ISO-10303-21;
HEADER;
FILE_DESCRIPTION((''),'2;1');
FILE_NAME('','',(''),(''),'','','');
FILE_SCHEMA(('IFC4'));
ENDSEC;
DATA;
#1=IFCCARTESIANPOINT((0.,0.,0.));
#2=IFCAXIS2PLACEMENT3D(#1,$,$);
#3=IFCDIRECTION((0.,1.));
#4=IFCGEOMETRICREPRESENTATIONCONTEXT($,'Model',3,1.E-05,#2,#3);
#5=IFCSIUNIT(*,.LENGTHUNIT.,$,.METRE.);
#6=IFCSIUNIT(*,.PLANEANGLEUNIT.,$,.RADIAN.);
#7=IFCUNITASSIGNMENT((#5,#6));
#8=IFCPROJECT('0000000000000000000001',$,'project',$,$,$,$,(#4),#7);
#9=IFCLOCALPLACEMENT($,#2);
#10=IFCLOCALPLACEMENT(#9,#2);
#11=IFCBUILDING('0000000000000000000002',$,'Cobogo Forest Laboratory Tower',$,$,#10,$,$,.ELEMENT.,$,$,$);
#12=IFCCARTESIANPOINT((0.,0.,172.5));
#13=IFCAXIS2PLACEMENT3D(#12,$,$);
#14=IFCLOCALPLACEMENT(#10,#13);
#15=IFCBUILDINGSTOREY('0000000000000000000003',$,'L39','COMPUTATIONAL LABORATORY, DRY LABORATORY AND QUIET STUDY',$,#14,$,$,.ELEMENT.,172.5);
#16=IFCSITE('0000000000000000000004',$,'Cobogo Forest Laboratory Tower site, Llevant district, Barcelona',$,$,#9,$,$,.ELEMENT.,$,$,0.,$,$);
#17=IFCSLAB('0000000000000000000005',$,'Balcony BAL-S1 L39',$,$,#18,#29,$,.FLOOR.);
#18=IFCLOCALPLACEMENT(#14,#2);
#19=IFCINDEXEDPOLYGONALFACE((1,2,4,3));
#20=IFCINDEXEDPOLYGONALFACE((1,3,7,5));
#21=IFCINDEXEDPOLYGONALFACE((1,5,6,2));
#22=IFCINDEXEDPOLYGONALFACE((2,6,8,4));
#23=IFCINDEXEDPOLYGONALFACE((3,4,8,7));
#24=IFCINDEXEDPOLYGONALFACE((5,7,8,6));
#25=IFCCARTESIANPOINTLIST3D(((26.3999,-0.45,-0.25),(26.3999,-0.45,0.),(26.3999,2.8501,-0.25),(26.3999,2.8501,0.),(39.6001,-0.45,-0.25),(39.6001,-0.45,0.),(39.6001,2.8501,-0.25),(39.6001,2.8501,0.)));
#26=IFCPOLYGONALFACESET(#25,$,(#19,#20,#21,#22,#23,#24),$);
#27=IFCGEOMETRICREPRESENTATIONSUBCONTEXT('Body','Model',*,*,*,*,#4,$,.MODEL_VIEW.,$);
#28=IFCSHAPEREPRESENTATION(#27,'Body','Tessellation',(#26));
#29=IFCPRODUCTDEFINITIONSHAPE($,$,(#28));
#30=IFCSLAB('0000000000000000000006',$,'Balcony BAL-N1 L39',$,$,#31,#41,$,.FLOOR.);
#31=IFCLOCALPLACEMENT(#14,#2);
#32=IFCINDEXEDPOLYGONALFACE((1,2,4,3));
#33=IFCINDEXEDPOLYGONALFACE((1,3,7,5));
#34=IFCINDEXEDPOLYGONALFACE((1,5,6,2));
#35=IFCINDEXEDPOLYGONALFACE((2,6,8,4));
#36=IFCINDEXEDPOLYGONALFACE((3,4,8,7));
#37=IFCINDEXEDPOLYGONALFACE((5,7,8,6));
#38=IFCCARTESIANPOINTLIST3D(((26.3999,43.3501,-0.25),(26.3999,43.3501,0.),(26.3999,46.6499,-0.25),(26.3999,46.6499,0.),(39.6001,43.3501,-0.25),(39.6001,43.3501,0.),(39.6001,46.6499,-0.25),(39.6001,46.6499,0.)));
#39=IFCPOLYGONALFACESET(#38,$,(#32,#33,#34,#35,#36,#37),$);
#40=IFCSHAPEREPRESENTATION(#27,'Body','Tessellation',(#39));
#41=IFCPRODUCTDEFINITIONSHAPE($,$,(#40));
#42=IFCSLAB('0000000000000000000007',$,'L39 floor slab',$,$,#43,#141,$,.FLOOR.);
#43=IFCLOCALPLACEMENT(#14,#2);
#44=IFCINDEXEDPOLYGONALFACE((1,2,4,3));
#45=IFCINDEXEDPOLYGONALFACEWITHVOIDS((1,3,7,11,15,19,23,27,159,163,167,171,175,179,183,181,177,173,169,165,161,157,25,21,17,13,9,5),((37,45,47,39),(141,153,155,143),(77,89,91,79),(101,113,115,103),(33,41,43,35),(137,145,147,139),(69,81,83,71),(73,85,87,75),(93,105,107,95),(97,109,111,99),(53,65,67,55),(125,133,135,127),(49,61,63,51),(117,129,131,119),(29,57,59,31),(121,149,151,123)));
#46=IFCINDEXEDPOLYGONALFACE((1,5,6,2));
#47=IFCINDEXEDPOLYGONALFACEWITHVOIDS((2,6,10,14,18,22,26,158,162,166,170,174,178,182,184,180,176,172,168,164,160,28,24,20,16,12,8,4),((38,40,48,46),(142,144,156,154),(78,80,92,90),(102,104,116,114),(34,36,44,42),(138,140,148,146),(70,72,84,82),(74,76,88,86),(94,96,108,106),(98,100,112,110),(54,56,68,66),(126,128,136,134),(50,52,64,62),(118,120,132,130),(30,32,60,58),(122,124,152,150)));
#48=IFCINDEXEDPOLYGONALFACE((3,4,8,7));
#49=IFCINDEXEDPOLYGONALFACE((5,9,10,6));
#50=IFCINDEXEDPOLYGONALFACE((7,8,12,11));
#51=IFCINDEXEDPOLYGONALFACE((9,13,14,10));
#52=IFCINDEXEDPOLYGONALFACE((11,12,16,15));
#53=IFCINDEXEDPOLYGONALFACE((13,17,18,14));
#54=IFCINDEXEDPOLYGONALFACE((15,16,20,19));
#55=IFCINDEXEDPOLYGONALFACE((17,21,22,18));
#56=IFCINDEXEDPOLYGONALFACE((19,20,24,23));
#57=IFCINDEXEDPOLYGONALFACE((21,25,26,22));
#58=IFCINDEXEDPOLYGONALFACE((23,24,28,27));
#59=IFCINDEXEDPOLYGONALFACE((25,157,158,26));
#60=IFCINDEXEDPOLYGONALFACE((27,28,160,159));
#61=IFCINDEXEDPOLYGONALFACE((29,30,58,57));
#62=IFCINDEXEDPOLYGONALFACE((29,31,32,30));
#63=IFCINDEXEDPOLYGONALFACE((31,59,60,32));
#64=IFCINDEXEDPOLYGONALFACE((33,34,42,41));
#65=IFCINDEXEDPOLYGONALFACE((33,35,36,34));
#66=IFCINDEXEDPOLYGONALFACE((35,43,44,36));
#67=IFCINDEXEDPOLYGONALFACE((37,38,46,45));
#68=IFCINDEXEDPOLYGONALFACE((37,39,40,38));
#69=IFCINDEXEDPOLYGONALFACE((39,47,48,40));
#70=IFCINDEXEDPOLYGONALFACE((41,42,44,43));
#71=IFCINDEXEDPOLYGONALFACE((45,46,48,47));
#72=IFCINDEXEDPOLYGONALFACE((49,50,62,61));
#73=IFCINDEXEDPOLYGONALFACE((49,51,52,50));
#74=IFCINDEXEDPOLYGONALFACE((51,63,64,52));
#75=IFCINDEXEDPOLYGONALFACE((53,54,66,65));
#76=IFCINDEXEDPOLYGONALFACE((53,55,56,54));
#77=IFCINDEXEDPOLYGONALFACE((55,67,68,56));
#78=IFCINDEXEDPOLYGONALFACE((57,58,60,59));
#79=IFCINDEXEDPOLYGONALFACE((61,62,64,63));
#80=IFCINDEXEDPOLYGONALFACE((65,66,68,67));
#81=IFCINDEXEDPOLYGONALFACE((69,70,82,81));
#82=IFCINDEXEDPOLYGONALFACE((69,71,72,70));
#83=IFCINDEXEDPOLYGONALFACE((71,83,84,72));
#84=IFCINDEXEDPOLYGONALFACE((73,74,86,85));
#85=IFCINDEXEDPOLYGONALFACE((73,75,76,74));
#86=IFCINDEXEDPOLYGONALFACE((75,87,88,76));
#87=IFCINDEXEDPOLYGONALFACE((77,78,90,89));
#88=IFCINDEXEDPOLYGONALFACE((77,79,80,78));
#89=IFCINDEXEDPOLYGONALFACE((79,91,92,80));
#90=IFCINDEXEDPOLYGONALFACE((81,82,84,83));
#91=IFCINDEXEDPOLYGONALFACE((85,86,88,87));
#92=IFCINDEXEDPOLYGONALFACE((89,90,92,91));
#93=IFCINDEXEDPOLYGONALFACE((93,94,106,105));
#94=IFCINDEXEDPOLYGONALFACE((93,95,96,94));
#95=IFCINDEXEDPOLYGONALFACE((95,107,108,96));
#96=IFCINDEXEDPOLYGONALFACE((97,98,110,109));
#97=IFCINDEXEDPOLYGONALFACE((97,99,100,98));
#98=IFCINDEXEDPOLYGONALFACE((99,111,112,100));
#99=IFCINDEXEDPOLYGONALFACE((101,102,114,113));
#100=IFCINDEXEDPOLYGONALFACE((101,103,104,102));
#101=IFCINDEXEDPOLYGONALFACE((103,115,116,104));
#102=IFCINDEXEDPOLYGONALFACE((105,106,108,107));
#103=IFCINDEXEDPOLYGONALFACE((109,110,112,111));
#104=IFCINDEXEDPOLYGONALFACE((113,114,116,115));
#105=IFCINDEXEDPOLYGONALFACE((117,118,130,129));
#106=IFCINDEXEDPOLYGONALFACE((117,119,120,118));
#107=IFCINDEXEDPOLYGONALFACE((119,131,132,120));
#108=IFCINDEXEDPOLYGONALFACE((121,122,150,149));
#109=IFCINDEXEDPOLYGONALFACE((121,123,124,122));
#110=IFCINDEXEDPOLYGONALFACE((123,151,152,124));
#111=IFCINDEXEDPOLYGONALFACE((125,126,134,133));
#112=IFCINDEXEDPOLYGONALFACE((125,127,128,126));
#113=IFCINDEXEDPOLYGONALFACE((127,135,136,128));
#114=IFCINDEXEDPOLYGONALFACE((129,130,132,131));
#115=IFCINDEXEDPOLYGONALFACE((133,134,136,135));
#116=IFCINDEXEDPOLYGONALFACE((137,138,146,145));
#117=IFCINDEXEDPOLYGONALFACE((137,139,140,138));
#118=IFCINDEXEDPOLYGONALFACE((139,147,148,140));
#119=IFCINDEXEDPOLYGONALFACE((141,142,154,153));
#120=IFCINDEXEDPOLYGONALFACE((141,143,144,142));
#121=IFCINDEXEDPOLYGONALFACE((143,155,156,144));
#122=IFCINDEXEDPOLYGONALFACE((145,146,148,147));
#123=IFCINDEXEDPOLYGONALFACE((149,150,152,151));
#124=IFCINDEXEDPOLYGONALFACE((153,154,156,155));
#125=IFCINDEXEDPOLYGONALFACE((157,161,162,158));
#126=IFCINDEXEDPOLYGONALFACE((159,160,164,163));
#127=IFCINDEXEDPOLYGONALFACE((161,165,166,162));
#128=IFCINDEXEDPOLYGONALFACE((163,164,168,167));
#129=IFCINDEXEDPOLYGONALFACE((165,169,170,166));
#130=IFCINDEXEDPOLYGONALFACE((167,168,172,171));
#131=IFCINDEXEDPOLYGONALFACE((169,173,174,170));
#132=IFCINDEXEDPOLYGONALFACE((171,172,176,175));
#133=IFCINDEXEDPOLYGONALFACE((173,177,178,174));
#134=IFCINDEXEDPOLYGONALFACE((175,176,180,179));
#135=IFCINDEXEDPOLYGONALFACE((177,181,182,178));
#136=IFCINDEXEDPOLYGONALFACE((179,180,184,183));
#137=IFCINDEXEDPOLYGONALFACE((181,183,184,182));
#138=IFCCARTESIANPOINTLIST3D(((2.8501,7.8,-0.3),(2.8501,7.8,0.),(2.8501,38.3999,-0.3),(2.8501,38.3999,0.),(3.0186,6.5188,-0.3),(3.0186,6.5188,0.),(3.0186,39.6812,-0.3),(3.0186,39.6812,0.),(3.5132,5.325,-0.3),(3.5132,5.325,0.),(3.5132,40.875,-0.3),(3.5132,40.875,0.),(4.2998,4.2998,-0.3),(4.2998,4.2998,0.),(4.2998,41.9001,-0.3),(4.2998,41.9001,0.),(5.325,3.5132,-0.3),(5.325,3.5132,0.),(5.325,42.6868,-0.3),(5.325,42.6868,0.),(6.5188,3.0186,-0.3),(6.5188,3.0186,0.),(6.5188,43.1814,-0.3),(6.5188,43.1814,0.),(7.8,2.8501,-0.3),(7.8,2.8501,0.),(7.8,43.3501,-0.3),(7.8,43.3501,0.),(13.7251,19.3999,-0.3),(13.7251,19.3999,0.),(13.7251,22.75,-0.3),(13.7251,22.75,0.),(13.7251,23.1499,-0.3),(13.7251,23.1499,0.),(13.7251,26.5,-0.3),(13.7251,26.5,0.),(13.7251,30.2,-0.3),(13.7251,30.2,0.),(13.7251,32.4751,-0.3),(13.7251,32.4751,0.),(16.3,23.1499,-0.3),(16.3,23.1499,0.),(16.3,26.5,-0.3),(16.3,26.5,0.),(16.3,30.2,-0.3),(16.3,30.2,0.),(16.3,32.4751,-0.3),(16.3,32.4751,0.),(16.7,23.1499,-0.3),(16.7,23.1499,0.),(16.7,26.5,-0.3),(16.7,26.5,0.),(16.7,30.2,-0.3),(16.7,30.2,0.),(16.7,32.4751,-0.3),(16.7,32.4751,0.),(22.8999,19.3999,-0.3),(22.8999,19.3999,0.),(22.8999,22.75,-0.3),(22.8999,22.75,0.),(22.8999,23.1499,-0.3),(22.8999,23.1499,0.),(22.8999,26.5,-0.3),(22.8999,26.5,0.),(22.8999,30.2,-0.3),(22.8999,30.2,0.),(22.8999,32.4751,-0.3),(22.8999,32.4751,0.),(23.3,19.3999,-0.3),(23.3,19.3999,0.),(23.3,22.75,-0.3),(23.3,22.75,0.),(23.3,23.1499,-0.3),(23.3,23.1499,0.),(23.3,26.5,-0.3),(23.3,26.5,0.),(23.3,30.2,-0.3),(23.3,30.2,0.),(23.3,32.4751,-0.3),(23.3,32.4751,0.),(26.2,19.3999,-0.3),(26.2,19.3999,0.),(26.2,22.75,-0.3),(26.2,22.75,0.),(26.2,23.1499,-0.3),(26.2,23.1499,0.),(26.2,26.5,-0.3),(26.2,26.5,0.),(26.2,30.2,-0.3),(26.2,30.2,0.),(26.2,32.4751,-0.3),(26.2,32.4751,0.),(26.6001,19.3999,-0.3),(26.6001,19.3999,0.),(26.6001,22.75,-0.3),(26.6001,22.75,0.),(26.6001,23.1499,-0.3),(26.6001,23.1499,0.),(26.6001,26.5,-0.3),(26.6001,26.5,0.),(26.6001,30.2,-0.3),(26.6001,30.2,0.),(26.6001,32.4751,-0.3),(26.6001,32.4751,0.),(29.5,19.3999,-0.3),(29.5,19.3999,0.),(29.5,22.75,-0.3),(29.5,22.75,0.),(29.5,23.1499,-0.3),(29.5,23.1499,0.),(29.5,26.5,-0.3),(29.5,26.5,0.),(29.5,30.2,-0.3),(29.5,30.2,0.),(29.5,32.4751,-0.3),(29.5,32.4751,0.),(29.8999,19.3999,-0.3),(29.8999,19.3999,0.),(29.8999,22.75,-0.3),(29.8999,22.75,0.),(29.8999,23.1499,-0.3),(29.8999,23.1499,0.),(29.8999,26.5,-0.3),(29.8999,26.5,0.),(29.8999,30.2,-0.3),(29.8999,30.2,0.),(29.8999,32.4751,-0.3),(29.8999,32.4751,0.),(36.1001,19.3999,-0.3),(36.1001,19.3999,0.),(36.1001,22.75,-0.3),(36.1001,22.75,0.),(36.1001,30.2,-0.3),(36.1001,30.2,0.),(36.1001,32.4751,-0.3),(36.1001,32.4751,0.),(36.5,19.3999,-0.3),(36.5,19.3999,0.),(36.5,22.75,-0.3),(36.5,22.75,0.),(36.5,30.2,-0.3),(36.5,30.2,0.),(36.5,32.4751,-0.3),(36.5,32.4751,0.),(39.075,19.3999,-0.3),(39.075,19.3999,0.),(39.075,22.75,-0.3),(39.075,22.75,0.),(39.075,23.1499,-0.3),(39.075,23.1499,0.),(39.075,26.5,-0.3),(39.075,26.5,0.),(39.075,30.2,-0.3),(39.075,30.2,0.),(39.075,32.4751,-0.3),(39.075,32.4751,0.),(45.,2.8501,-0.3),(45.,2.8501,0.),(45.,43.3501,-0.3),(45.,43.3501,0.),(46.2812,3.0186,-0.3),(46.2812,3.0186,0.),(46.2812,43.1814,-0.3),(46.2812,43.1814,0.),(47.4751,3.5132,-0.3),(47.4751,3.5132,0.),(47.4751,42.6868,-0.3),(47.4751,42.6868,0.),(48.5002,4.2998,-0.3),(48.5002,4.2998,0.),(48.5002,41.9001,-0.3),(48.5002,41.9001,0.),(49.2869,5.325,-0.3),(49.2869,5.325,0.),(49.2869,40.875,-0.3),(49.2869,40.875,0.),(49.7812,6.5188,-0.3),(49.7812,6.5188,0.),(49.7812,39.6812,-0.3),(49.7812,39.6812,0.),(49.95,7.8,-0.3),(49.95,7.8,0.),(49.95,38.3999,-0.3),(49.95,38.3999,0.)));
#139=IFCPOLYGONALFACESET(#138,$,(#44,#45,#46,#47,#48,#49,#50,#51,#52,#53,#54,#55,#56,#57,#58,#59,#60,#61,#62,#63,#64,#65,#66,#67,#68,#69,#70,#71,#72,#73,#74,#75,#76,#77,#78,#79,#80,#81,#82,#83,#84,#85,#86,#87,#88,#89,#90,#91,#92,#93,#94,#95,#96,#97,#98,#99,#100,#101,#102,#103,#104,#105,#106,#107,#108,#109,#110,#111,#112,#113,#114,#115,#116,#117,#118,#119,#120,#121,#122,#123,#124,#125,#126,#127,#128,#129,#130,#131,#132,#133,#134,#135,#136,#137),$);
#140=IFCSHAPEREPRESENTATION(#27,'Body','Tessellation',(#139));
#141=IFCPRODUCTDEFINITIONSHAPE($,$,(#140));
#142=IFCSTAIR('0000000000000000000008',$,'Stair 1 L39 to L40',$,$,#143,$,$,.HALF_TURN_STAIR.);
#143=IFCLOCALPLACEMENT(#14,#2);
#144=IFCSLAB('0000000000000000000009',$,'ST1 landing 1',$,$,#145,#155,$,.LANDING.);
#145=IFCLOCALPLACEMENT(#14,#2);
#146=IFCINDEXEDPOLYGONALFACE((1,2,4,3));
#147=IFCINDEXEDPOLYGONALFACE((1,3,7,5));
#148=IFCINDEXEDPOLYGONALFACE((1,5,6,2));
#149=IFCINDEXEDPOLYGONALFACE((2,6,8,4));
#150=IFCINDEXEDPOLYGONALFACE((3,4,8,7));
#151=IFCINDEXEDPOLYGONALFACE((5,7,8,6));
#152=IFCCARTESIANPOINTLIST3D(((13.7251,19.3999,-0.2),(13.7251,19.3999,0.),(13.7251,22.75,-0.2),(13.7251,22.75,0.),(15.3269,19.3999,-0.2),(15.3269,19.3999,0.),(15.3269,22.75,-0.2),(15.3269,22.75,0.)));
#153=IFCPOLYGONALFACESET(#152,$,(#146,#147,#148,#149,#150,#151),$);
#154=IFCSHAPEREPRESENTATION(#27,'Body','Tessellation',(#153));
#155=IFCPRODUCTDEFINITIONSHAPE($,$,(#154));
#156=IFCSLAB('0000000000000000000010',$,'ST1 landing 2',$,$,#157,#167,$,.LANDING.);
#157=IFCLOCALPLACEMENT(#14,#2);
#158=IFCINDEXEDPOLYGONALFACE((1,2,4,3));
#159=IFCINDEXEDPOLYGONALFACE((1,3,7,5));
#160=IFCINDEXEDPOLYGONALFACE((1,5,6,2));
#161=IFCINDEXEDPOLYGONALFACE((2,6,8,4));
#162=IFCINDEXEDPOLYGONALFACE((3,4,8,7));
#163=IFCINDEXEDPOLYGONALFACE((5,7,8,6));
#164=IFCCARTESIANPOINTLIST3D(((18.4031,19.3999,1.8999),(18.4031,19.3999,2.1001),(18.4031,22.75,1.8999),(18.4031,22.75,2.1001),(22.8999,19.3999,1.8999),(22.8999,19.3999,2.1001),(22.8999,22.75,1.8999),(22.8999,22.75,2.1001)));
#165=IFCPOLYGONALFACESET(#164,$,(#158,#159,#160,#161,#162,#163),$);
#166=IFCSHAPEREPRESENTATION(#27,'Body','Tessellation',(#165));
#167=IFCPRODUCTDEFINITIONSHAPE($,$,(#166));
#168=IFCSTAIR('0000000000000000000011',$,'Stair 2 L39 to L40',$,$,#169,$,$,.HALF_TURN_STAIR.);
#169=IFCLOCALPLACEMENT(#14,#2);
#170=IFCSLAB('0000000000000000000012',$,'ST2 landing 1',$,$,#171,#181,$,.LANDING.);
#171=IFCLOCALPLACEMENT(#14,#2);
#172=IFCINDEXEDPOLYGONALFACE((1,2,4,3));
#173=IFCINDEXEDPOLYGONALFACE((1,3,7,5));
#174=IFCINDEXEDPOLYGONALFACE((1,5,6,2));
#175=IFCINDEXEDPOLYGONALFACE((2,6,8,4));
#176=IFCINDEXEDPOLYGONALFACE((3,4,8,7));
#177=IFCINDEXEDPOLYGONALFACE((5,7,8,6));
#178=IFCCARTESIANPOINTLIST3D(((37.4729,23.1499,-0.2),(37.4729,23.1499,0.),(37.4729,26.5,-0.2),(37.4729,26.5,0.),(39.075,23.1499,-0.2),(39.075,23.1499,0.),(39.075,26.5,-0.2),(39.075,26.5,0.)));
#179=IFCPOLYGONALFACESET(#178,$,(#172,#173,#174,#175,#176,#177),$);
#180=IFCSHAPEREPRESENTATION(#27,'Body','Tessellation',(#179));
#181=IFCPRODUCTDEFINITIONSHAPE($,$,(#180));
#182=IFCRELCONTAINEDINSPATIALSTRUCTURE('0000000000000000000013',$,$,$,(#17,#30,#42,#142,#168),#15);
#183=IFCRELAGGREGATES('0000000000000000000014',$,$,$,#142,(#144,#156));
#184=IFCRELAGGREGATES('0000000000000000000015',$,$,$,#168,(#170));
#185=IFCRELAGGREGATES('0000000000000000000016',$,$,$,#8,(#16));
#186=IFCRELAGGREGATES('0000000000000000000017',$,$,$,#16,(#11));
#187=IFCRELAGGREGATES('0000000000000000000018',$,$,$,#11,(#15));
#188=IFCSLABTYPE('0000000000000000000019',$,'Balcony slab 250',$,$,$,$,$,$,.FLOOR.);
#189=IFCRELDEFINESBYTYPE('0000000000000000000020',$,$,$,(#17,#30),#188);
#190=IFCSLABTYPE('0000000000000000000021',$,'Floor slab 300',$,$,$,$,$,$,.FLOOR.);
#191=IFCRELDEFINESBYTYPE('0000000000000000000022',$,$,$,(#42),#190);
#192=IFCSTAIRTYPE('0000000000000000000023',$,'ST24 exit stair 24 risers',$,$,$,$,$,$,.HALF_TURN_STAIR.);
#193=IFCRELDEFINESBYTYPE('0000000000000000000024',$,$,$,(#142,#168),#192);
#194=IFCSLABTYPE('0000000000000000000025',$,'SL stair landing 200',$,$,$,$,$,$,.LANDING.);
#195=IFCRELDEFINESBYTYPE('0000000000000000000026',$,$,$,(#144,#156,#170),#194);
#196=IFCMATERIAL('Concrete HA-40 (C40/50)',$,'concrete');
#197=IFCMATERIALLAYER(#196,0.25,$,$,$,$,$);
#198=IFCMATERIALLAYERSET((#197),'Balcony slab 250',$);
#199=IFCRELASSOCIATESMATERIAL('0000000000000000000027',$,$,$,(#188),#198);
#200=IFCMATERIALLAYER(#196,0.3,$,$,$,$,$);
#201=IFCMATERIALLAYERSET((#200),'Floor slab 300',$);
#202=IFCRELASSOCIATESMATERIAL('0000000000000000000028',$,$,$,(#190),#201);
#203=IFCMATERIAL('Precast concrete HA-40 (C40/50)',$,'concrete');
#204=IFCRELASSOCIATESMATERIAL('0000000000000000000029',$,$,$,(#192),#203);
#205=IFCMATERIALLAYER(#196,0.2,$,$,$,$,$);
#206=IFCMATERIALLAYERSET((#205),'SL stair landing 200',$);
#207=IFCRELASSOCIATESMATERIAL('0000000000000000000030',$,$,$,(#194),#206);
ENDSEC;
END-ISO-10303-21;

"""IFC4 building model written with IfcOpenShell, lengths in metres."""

from ifc_helpers import new_model, si_unit, direction, frame, origin, place, context, subcontext, project, spatial, polyline, outline, extrude, material, layer, layer_set, type_object, element, aggregate, save


model = new_model("IFC4")

# Units and contexts
model_context = context("Model", 3, precision=1e-05, world=origin(), true_north=direction((0.0, 1.0)))
body_context = subcontext(model_context, "Body", "Model", "MODEL_VIEW")
ifc_project = project(units=[si_unit("LENGTHUNIT", "METRE"), si_unit("PLANEANGLEUNIT", "RADIAN")], contexts=[model_context])

# Site, building, storey
site_placement = place(None, origin())
site = spatial("IfcSite", under=ifc_project, at=site_placement, Name="Cobogo Forest Laboratory Tower site, Llevant district, Barcelona", CompositionType="ELEMENT", RefElevation=0.0)
building_placement = place(site_placement, origin())
building = spatial("IfcBuilding", under=site, at=building_placement, Name="Cobogo Forest Laboratory Tower", CompositionType="ELEMENT")
storey_placement = place(building_placement, frame((0.0, 0.0, 172.5)))
storey = spatial("IfcBuildingStorey", under=building, at=storey_placement, Name="L39", Description="COMPUTATIONAL LABORATORY, DRY LABORATORY AND QUIET STUDY", CompositionType="ELEMENT", Elevation=172.5)

# Slabs
ifc_material_1 = material(Name="Concrete HA-40 (C40/50)", Category="concrete")
ifc_layer_1 = layer(ifc_material_1, 0.25)
ifc_layer_set_1 = layer_set([ifc_layer_1], Name="Balcony slab 250")
slab_type_1 = type_object("IfcSlabType", Name="Balcony slab 250", PredefinedType="FLOOR", material=ifc_layer_set_1)
slab_1_placement = place(storey_placement, frame((0.0, 0.0, -0.25)))
element("IfcSlab", 1, at=slab_1_placement, inside=storey, type_object=slab_type_1, Name="Balcony BAL-S1 L39", PredefinedType="FLOOR", context=body_context, shape_type="SweptSolid", body=[
    extrude(outline(polyline([(26.3999, -0.45), (39.6001, -0.45), (39.6001, 2.8501), (26.3999, 2.8501), (26.3999, -0.45)])), origin(), (0.0, 0.0, 1.0), 0.25),
])
slab_2_placement = place(storey_placement, frame((0.0, 0.0, -0.25)))
element("IfcSlab", 2, at=slab_2_placement, inside=storey, type_object=slab_type_1, Name="Balcony BAL-N1 L39", PredefinedType="FLOOR", context=body_context, shape_type="SweptSolid", body=[
    extrude(outline(polyline([(26.3999, 43.3501), (39.6001, 43.3501), (39.6001, 46.6499), (26.3999, 46.6499), (26.3999, 43.3501)])), origin(), (0.0, 0.0, 1.0), 0.25),
])
ifc_layer_2 = layer(ifc_material_1, 0.3)
ifc_layer_set_2 = layer_set([ifc_layer_2], Name="Floor slab 300")
slab_type_2 = type_object("IfcSlabType", Name="Floor slab 300", PredefinedType="FLOOR", material=ifc_layer_set_2)
slab_3_placement = place(storey_placement, frame((0.0, 0.0, -0.3)))
element("IfcSlab", 3, at=slab_3_placement, inside=storey, type_object=slab_type_2, Name="L39 floor slab", PredefinedType="FLOOR", context=body_context, shape_type="SweptSolid", body=[
    extrude(outline(polyline([(45.0, 2.8501), (46.2812, 3.0186), (47.4751, 3.5132), (48.5002, 4.2998), (49.2869, 5.325), (49.7812, 6.5188), (49.95, 7.8), (49.95, 38.3999), (49.7812, 39.6812), (49.2869, 40.875), (48.5002, 41.9001), (47.4751, 42.6868), (46.2812, 43.1814), (45.0, 43.3501), (7.8, 43.3501), (6.5188, 43.1814), (5.325, 42.6868), (4.2998, 41.9001), (3.5132, 40.875), (3.0186, 39.6812), (2.8501, 38.3999), (2.8501, 7.8), (3.0186, 6.5188), (3.5132, 5.325), (4.2998, 4.2998), (5.325, 3.5132), (6.5188, 3.0186), (7.8, 2.8501), (45.0, 2.8501)]), holes=[polyline([(22.8999, 19.3999), (13.7251, 19.3999), (13.7251, 22.75), (22.8999, 22.75), (22.8999, 19.3999)]), polyline([(26.2, 19.3999), (23.3, 19.3999), (23.3, 22.75), (26.2, 22.75), (26.2, 19.3999)]), polyline([(29.5, 19.3999), (26.6001, 19.3999), (26.6001, 22.75), (29.5, 22.75), (29.5, 19.3999)]), polyline([(36.1001, 22.75), (36.1001, 19.3999), (29.8999, 19.3999), (29.8999, 22.75), (36.1001, 22.75)]), polyline([(36.5, 19.3999), (36.5, 22.75), (39.075, 22.75), (39.075, 19.3999), (36.5, 19.3999)]), polyline([(16.3, 23.1499), (13.7251, 23.1499), (13.7251, 26.5), (16.3, 26.5), (16.3, 23.1499)]), polyline([(22.8999, 26.5), (22.8999, 23.1499), (16.7, 23.1499), (16.7, 26.5), (22.8999, 26.5)]), polyline([(26.2, 23.1499), (23.3, 23.1499), (23.3, 26.5), (26.2, 26.5), (26.2, 23.1499)]), polyline([(26.6001, 23.1499), (26.6001, 26.5), (29.5, 26.5), (29.5, 23.1499), (26.6001, 23.1499)]), polyline([(39.075, 23.1499), (29.8999, 23.1499), (29.8999, 26.5), (39.075, 26.5), (39.075, 23.1499)]), polyline([(16.3, 30.2), (13.7251, 30.2), (13.7251, 32.4751), (16.3, 32.4751), (16.3, 30.2)]), polyline([(22.8999, 32.4751), (22.8999, 30.2), (16.7, 30.2), (16.7, 32.4751), (22.8999, 32.4751)]), polyline([(23.3, 30.2), (23.3, 32.4751), (26.2, 32.4751), (26.2, 30.2), (23.3, 30.2)]), polyline([(29.5, 30.2), (26.6001, 30.2), (26.6001, 32.4751), (29.5, 32.4751), (29.5, 30.2)]), polyline([(36.1001, 32.4751), (36.1001, 30.2), (29.8999, 30.2), (29.8999, 32.4751), (36.1001, 32.4751)]), polyline([(36.5, 30.2), (36.5, 32.4751), (39.075, 32.4751), (39.075, 30.2), (36.5, 30.2)])]), origin(), (0.0, 0.0, 1.0), 0.3),
])

# Stairs, slabs
ifc_material_2 = material(Name="Precast concrete HA-40 (C40/50)", Category="concrete")
stair_type = type_object("IfcStairType", Name="ST24 exit stair 24 risers", PredefinedType="HALF_TURN_STAIR", material=ifc_material_2)
stair_1_placement = place(storey_placement, origin())
stair_1 = element("IfcStair", 4, at=stair_1_placement, inside=storey, type_object=stair_type, Name="Stair 1 L39 to L40", PredefinedType="HALF_TURN_STAIR")
ifc_layer_3 = layer(ifc_material_1, 0.2)
ifc_layer_set_3 = layer_set([ifc_layer_3], Name="SL stair landing 200")
slab_type_3 = type_object("IfcSlabType", Name="SL stair landing 200", PredefinedType="LANDING", material=ifc_layer_set_3)
slab_4_placement = place(storey_placement, frame((0.0, 0.0, -0.2)))
slab_4 = element("IfcSlab", 5, at=slab_4_placement, type_object=slab_type_3, Name="ST1 landing 1", PredefinedType="LANDING", context=body_context, shape_type="SweptSolid", body=[
    extrude(outline(polyline([(13.7251, 19.3999), (15.3269, 19.3999), (15.3269, 22.75), (13.7251, 22.75), (13.7251, 19.3999)])), origin(), (0.0, 0.0, 1.0), 0.2),
])
slab_5_placement = place(storey_placement, frame((0.0, 0.0, 1.8999)))
slab_5 = element("IfcSlab", 6, at=slab_5_placement, type_object=slab_type_3, Name="ST1 landing 2", PredefinedType="LANDING", context=body_context, shape_type="SweptSolid", body=[
    extrude(outline(polyline([(18.4031, 19.3999), (22.8999, 19.3999), (22.8999, 22.75), (18.4031, 22.75), (18.4031, 19.3999)])), origin(), (0.0, 0.0, 1.0), 0.2002),
])
aggregate(stair_1, [slab_4, slab_5])
stair_2_placement = place(storey_placement, origin())
stair_2 = element("IfcStair", 7, at=stair_2_placement, inside=storey, type_object=stair_type, Name="Stair 2 L39 to L40", PredefinedType="HALF_TURN_STAIR")
slab_6_placement = place(storey_placement, frame((0.0, 0.0, -0.2)))
slab_6 = element("IfcSlab", 8, at=slab_6_placement, type_object=slab_type_3, Name="ST2 landing 1", PredefinedType="LANDING", context=body_context, shape_type="SweptSolid", body=[
    extrude(outline(polyline([(37.4729, 23.1499), (39.075, 23.1499), (39.075, 26.5), (37.4729, 26.5), (37.4729, 23.1499)])), origin(), (0.0, 0.0, 1.0), 0.2),
])
aggregate(stair_2, [slab_6])

save(model, "model.ifc")
